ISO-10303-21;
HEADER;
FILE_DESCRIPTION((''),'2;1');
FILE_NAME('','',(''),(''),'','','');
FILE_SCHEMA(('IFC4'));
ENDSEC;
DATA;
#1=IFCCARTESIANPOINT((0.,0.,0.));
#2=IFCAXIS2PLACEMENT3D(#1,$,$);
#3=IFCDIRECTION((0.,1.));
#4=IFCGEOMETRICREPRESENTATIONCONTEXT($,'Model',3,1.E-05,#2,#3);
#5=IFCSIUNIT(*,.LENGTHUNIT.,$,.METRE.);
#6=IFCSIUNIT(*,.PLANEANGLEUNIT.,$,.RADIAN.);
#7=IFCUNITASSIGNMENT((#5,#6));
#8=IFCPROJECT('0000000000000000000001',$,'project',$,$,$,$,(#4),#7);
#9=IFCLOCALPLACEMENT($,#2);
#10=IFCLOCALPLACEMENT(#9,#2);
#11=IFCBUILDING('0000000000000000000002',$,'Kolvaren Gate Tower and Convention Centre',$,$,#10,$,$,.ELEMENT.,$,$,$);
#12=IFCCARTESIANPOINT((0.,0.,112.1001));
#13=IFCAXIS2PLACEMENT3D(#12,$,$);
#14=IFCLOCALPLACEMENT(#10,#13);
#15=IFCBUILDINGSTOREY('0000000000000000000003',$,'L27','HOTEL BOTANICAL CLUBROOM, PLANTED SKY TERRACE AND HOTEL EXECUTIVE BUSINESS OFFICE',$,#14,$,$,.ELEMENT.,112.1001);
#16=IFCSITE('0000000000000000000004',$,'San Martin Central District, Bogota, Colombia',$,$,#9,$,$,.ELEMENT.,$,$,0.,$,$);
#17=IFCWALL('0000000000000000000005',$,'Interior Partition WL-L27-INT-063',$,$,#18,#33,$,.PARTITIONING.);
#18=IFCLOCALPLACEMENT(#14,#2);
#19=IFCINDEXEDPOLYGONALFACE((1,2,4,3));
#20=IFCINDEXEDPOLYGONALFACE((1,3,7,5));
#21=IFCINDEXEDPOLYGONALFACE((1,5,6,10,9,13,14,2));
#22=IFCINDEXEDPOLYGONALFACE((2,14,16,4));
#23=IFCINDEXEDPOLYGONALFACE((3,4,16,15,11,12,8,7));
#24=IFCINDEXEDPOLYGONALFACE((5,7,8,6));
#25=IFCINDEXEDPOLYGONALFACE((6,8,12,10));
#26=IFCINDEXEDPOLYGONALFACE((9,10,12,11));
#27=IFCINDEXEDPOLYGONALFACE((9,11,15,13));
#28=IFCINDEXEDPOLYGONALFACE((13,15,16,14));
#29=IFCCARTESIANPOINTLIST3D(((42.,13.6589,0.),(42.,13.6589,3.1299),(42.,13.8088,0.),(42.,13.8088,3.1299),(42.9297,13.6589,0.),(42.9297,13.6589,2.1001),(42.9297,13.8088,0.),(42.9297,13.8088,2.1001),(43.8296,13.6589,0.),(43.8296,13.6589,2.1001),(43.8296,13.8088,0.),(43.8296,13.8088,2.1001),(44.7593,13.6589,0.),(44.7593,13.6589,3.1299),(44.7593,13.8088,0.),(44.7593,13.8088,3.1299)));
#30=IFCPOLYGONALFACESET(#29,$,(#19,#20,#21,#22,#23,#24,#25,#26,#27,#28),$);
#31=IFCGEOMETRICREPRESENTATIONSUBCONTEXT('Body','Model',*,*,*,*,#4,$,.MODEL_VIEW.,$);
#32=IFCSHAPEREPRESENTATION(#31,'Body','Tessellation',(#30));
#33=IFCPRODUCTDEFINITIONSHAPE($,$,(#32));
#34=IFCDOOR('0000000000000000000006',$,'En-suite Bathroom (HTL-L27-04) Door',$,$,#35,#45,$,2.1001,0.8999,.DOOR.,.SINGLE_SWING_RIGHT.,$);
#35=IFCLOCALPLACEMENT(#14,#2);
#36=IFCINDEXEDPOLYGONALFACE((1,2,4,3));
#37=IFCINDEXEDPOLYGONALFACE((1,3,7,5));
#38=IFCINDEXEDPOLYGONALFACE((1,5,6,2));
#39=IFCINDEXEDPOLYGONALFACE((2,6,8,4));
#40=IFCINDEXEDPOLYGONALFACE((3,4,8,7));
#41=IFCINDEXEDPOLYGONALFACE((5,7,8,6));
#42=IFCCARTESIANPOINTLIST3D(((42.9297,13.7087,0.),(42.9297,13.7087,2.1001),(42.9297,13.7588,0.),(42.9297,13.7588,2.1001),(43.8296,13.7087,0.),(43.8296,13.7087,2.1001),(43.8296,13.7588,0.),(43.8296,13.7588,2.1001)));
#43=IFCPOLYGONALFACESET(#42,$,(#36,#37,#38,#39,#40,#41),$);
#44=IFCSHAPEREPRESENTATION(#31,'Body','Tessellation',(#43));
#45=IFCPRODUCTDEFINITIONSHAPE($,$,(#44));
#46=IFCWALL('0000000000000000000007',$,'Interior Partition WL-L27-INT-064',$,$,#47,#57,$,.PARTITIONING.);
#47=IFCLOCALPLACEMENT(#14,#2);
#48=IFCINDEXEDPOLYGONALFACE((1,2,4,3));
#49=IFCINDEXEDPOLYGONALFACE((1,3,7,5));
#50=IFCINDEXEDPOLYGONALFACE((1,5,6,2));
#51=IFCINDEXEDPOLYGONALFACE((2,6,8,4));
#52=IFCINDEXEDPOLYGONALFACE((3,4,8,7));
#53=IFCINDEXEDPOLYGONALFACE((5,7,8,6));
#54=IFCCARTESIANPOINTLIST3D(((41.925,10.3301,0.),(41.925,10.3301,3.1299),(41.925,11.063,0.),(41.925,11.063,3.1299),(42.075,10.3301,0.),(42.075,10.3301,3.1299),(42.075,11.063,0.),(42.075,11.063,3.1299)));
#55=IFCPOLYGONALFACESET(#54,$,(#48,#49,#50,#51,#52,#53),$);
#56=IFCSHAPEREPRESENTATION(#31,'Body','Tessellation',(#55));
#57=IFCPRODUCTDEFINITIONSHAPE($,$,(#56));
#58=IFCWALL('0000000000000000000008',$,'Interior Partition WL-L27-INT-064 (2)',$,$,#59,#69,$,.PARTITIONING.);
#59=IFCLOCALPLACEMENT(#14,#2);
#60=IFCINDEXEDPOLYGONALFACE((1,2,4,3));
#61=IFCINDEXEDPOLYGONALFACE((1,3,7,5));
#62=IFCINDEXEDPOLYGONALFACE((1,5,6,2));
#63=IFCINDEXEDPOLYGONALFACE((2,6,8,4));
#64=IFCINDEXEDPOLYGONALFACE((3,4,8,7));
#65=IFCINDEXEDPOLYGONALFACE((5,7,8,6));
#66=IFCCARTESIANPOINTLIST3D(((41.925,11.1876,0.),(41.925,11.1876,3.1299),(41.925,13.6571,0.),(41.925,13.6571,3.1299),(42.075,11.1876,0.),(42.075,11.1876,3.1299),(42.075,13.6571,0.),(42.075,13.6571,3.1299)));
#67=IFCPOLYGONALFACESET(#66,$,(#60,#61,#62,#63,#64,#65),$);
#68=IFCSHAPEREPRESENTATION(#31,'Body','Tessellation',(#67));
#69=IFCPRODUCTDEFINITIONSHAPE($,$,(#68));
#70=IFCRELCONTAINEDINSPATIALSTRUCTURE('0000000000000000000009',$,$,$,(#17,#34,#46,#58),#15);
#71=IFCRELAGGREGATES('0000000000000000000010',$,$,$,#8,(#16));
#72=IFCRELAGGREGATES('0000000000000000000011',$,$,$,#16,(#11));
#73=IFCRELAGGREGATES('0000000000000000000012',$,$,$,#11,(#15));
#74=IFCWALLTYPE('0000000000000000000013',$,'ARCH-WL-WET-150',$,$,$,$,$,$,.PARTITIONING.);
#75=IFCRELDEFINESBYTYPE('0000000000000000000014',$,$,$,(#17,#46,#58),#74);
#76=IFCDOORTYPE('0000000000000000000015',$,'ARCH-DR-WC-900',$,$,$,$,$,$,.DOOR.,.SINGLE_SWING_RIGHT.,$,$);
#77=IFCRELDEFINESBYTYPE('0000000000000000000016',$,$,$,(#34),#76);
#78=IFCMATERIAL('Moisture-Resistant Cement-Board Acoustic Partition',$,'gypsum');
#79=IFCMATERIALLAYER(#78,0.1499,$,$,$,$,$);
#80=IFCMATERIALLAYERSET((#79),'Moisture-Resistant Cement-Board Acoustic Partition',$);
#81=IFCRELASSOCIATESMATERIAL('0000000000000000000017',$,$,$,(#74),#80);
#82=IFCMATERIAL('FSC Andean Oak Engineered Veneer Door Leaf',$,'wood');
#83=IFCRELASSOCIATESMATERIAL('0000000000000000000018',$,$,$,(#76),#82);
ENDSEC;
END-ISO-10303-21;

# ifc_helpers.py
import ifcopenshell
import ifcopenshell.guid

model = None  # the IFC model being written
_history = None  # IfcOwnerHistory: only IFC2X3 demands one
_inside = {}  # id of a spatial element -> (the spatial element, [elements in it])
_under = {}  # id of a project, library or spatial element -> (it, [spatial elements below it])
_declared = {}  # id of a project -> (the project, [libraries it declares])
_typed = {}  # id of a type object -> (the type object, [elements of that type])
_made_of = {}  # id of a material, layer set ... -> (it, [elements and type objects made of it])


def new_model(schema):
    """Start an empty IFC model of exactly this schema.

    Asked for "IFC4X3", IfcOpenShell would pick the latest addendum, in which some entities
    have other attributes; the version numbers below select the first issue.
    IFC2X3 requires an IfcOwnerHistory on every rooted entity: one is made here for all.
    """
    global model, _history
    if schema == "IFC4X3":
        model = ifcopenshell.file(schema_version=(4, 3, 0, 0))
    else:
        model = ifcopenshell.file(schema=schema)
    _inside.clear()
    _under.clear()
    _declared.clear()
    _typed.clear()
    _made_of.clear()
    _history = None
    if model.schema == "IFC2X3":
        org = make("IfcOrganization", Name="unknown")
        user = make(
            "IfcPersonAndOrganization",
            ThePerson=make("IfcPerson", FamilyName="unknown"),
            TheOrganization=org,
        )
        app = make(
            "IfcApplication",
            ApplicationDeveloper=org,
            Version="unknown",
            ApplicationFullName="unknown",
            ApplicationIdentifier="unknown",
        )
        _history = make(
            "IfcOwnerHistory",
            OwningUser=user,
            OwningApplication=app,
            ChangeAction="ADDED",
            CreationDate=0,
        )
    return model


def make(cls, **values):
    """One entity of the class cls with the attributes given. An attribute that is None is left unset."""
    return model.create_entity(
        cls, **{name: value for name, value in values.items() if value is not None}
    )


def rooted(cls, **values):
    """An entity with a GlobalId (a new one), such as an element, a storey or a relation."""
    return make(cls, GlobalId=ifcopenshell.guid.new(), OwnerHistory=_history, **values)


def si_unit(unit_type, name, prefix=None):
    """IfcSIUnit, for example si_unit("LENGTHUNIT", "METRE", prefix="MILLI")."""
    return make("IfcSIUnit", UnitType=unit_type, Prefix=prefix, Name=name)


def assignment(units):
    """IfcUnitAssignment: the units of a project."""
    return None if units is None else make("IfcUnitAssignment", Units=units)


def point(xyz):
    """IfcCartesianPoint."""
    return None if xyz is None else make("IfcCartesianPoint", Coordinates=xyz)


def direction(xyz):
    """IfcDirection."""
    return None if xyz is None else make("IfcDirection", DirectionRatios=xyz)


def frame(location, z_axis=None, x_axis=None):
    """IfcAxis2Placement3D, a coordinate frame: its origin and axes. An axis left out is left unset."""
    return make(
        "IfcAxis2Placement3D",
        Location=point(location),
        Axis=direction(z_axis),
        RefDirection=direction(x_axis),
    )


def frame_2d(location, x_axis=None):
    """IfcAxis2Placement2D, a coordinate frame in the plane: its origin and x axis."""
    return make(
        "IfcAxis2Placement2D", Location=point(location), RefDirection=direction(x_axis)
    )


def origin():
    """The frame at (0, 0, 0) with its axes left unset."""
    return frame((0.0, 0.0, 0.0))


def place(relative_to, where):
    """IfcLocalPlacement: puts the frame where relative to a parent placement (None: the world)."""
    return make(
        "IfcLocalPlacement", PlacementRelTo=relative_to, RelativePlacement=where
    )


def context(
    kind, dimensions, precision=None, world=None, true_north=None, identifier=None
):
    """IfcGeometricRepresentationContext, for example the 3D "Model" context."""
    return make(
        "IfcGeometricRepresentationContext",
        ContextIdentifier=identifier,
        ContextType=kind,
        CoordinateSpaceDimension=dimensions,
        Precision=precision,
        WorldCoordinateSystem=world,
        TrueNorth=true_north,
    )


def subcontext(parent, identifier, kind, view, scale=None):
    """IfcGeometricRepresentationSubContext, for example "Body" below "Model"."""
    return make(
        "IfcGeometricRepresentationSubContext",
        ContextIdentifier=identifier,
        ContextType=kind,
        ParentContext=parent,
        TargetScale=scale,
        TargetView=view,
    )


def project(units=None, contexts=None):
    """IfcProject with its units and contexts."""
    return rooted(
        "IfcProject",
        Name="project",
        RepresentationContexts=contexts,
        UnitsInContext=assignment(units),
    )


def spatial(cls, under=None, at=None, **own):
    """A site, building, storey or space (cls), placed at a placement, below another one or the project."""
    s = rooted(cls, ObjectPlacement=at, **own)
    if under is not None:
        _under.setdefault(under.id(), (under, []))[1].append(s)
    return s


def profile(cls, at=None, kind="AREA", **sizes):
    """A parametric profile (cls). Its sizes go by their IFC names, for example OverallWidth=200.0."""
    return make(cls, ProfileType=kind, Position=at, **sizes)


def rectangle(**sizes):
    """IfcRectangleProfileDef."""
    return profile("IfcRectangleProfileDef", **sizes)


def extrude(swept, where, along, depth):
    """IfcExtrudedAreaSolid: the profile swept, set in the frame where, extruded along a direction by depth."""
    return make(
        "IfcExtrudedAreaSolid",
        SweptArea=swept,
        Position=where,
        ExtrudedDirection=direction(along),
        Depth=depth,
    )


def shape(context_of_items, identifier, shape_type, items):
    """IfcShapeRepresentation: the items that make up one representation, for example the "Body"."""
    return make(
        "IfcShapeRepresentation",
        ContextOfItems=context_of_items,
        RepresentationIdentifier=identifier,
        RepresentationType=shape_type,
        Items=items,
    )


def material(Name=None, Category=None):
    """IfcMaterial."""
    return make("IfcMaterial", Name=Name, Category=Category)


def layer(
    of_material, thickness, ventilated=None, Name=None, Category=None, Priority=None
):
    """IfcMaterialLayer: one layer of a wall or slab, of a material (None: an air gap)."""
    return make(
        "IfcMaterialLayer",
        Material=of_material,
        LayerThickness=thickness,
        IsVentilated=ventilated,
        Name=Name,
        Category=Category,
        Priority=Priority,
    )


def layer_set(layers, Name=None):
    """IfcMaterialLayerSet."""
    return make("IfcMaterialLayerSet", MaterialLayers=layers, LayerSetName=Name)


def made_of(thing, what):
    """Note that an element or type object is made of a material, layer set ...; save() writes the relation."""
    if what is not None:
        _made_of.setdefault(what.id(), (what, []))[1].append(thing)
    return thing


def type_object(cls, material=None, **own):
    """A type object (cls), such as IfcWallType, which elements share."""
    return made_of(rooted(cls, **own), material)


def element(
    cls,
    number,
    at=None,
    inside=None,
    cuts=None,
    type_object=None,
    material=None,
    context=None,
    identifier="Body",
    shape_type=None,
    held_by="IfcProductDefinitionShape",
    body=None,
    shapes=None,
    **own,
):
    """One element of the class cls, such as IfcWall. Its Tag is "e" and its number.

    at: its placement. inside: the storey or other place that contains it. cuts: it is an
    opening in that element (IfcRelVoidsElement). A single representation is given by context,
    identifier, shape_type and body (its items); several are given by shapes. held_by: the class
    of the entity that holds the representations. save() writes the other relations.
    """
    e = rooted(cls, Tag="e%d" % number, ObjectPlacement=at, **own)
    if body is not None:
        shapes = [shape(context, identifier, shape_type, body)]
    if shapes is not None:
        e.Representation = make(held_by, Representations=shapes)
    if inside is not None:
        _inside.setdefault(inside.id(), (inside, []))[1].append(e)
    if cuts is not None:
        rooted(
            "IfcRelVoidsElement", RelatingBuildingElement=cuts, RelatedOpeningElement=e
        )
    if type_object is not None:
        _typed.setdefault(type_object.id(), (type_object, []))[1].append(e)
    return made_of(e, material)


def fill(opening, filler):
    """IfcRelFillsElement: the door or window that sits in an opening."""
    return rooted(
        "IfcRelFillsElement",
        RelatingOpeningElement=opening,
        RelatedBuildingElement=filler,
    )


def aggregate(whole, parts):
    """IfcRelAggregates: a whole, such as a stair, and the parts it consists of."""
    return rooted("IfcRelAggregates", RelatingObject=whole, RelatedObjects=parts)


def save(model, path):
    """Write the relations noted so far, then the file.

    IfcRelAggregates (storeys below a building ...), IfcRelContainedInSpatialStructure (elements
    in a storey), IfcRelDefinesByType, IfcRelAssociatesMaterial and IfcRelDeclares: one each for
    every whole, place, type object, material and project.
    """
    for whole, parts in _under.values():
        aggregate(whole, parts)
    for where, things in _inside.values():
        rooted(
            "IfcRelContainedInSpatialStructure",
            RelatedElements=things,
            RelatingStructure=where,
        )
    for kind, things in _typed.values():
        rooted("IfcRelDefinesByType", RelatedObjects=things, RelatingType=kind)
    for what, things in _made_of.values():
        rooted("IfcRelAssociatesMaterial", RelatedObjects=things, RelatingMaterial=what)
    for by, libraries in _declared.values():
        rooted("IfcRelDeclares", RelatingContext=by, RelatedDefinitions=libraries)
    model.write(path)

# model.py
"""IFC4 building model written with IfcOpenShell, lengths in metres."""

from ifc_helpers import new_model, si_unit, direction, frame, frame_2d, origin, place, context, subcontext, project, spatial, rectangle, extrude, material, layer, layer_set, type_object, element, fill, save


model = new_model("IFC4")

# Units and contexts
model_context = context("Model", 3, precision=1e-05, world=origin(), true_north=direction((0.0, 1.0)))
body_context = subcontext(model_context, "Body", "Model", "MODEL_VIEW")
ifc_project = project(units=[si_unit("LENGTHUNIT", "METRE"), si_unit("PLANEANGLEUNIT", "RADIAN")], contexts=[model_context])

# Site, building, storey
site_placement = place(None, origin())
site = spatial("IfcSite", under=ifc_project, at=site_placement, Name="San Martin Central District, Bogota, Colombia", CompositionType="ELEMENT", RefElevation=0.0)
building_placement = place(site_placement, origin())
building = spatial("IfcBuilding", under=site, at=building_placement, Name="Kolvaren Gate Tower and Convention Centre", CompositionType="ELEMENT")
storey_placement = place(building_placement, frame((0.0, 0.0, 112.1001)))
storey = spatial("IfcBuildingStorey", under=building, at=storey_placement, Name="L27", Description="HOTEL BOTANICAL CLUBROOM, PLANTED SKY TERRACE AND HOTEL EXECUTIVE BUSINESS OFFICE", CompositionType="ELEMENT", Elevation=112.1001)

# Shared definitions
ifc_material_1 = material(Name="Moisture-Resistant Cement-Board Acoustic Partition", Category="gypsum")
ifc_layer_1 = layer(ifc_material_1, 0.1499)
ifc_layer_set_1 = layer_set([ifc_layer_1], Name="Moisture-Resistant Cement-Board Acoustic Partition")
wall_type_1 = type_object("IfcWallType", Name="ARCH-WL-WET-150", PredefinedType="PARTITIONING", material=ifc_layer_set_1)

# Wall, opening, door
wall_1_placement = place(storey_placement, frame((42.0, 13.7339, 0.0), z_axis=(0.0, 0.0, 1.0), x_axis=(1.0, 0.0, 0.0)))
wall_1 = element("IfcWall", 1, at=wall_1_placement, inside=storey, type_object=wall_type_1, Name="Interior Partition WL-L27-INT-063", PredefinedType="PARTITIONING", context=body_context, shape_type="SweptSolid", body=[
    extrude(rectangle(XDim=2.7593, YDim=0.1499, at=frame_2d((1.3796, 0.0))), origin(), (0.0, 0.0, 1.0), 3.1299),
])
opening_1_placement = place(wall_1_placement, frame((0.9297, 0.0, 0.0)))
opening_1 = element("IfcOpeningElement", 2, at=opening_1_placement, cuts=wall_1, PredefinedType="OPENING", context=body_context, shape_type="SweptSolid", body=[
    extrude(rectangle(XDim=0.8999, YDim=2.1001, at=frame_2d((0.45, 1.05))), frame((0.0, 0.085, 0.0), z_axis=(0.0, -1.0, 0.0), x_axis=(1.0, 0.0, 0.0)), (0.0, 0.0, 1.0), 0.1699),
])
ifc_material_2 = material(Name="FSC Andean Oak Engineered Veneer Door Leaf", Category="wood")
door_type_1 = type_object("IfcDoorType", Name="ARCH-DR-WC-900", OperationType="SINGLE_SWING_RIGHT", PredefinedType="DOOR", material=ifc_material_2)
door_1_placement = place(opening_1_placement, origin())
door_1 = element("IfcDoor", 3, at=door_1_placement, inside=storey, type_object=door_type_1, Name="En-suite Bathroom (HTL-L27-04) Door", OperationType="SINGLE_SWING_RIGHT", OverallHeight=2.1001, OverallWidth=0.8999, PredefinedType="DOOR", context=body_context, shape_type="SweptSolid", body=[
    extrude(rectangle(XDim=0.8999, YDim=2.1001, at=frame_2d((0.45, 1.05))), frame((0.0, 0.0249, 0.0), z_axis=(0.0, -1.0, 0.0), x_axis=(1.0, 0.0, 0.0)), (0.0, 0.0, 1.0), 0.05),
])
fill(opening_1, door_1)

# Walls
wall_2_placement = place(storey_placement, frame((42.0, 10.3301, 0.0), z_axis=(0.0, 0.0, 1.0), x_axis=(0.0, 1.0, 0.0)))
element("IfcWall", 4, at=wall_2_placement, inside=storey, type_object=wall_type_1, Name="Interior Partition WL-L27-INT-064", PredefinedType="PARTITIONING", context=body_context, shape_type="SweptSolid", body=[
    extrude(rectangle(XDim=0.7329, YDim=0.1499, at=frame_2d((0.3665, 0.0))), origin(), (0.0, 0.0, 1.0), 3.1299),
])
wall_3_placement = place(storey_placement, frame((42.0, 11.1875, 0.0), z_axis=(0.0, 0.0, 1.0), x_axis=(0.0, 1.0, 0.0)))
element("IfcWall", 5, at=wall_3_placement, inside=storey, type_object=wall_type_1, Name="Interior Partition WL-L27-INT-064 (2)", PredefinedType="PARTITIONING", context=body_context, shape_type="SweptSolid", body=[
    extrude(rectangle(XDim=2.4695, YDim=0.1499, at=frame_2d((1.2349, 0.0))), origin(), (0.0, 0.0, 1.0), 3.1299),
])

save(model, "model.ifc")
